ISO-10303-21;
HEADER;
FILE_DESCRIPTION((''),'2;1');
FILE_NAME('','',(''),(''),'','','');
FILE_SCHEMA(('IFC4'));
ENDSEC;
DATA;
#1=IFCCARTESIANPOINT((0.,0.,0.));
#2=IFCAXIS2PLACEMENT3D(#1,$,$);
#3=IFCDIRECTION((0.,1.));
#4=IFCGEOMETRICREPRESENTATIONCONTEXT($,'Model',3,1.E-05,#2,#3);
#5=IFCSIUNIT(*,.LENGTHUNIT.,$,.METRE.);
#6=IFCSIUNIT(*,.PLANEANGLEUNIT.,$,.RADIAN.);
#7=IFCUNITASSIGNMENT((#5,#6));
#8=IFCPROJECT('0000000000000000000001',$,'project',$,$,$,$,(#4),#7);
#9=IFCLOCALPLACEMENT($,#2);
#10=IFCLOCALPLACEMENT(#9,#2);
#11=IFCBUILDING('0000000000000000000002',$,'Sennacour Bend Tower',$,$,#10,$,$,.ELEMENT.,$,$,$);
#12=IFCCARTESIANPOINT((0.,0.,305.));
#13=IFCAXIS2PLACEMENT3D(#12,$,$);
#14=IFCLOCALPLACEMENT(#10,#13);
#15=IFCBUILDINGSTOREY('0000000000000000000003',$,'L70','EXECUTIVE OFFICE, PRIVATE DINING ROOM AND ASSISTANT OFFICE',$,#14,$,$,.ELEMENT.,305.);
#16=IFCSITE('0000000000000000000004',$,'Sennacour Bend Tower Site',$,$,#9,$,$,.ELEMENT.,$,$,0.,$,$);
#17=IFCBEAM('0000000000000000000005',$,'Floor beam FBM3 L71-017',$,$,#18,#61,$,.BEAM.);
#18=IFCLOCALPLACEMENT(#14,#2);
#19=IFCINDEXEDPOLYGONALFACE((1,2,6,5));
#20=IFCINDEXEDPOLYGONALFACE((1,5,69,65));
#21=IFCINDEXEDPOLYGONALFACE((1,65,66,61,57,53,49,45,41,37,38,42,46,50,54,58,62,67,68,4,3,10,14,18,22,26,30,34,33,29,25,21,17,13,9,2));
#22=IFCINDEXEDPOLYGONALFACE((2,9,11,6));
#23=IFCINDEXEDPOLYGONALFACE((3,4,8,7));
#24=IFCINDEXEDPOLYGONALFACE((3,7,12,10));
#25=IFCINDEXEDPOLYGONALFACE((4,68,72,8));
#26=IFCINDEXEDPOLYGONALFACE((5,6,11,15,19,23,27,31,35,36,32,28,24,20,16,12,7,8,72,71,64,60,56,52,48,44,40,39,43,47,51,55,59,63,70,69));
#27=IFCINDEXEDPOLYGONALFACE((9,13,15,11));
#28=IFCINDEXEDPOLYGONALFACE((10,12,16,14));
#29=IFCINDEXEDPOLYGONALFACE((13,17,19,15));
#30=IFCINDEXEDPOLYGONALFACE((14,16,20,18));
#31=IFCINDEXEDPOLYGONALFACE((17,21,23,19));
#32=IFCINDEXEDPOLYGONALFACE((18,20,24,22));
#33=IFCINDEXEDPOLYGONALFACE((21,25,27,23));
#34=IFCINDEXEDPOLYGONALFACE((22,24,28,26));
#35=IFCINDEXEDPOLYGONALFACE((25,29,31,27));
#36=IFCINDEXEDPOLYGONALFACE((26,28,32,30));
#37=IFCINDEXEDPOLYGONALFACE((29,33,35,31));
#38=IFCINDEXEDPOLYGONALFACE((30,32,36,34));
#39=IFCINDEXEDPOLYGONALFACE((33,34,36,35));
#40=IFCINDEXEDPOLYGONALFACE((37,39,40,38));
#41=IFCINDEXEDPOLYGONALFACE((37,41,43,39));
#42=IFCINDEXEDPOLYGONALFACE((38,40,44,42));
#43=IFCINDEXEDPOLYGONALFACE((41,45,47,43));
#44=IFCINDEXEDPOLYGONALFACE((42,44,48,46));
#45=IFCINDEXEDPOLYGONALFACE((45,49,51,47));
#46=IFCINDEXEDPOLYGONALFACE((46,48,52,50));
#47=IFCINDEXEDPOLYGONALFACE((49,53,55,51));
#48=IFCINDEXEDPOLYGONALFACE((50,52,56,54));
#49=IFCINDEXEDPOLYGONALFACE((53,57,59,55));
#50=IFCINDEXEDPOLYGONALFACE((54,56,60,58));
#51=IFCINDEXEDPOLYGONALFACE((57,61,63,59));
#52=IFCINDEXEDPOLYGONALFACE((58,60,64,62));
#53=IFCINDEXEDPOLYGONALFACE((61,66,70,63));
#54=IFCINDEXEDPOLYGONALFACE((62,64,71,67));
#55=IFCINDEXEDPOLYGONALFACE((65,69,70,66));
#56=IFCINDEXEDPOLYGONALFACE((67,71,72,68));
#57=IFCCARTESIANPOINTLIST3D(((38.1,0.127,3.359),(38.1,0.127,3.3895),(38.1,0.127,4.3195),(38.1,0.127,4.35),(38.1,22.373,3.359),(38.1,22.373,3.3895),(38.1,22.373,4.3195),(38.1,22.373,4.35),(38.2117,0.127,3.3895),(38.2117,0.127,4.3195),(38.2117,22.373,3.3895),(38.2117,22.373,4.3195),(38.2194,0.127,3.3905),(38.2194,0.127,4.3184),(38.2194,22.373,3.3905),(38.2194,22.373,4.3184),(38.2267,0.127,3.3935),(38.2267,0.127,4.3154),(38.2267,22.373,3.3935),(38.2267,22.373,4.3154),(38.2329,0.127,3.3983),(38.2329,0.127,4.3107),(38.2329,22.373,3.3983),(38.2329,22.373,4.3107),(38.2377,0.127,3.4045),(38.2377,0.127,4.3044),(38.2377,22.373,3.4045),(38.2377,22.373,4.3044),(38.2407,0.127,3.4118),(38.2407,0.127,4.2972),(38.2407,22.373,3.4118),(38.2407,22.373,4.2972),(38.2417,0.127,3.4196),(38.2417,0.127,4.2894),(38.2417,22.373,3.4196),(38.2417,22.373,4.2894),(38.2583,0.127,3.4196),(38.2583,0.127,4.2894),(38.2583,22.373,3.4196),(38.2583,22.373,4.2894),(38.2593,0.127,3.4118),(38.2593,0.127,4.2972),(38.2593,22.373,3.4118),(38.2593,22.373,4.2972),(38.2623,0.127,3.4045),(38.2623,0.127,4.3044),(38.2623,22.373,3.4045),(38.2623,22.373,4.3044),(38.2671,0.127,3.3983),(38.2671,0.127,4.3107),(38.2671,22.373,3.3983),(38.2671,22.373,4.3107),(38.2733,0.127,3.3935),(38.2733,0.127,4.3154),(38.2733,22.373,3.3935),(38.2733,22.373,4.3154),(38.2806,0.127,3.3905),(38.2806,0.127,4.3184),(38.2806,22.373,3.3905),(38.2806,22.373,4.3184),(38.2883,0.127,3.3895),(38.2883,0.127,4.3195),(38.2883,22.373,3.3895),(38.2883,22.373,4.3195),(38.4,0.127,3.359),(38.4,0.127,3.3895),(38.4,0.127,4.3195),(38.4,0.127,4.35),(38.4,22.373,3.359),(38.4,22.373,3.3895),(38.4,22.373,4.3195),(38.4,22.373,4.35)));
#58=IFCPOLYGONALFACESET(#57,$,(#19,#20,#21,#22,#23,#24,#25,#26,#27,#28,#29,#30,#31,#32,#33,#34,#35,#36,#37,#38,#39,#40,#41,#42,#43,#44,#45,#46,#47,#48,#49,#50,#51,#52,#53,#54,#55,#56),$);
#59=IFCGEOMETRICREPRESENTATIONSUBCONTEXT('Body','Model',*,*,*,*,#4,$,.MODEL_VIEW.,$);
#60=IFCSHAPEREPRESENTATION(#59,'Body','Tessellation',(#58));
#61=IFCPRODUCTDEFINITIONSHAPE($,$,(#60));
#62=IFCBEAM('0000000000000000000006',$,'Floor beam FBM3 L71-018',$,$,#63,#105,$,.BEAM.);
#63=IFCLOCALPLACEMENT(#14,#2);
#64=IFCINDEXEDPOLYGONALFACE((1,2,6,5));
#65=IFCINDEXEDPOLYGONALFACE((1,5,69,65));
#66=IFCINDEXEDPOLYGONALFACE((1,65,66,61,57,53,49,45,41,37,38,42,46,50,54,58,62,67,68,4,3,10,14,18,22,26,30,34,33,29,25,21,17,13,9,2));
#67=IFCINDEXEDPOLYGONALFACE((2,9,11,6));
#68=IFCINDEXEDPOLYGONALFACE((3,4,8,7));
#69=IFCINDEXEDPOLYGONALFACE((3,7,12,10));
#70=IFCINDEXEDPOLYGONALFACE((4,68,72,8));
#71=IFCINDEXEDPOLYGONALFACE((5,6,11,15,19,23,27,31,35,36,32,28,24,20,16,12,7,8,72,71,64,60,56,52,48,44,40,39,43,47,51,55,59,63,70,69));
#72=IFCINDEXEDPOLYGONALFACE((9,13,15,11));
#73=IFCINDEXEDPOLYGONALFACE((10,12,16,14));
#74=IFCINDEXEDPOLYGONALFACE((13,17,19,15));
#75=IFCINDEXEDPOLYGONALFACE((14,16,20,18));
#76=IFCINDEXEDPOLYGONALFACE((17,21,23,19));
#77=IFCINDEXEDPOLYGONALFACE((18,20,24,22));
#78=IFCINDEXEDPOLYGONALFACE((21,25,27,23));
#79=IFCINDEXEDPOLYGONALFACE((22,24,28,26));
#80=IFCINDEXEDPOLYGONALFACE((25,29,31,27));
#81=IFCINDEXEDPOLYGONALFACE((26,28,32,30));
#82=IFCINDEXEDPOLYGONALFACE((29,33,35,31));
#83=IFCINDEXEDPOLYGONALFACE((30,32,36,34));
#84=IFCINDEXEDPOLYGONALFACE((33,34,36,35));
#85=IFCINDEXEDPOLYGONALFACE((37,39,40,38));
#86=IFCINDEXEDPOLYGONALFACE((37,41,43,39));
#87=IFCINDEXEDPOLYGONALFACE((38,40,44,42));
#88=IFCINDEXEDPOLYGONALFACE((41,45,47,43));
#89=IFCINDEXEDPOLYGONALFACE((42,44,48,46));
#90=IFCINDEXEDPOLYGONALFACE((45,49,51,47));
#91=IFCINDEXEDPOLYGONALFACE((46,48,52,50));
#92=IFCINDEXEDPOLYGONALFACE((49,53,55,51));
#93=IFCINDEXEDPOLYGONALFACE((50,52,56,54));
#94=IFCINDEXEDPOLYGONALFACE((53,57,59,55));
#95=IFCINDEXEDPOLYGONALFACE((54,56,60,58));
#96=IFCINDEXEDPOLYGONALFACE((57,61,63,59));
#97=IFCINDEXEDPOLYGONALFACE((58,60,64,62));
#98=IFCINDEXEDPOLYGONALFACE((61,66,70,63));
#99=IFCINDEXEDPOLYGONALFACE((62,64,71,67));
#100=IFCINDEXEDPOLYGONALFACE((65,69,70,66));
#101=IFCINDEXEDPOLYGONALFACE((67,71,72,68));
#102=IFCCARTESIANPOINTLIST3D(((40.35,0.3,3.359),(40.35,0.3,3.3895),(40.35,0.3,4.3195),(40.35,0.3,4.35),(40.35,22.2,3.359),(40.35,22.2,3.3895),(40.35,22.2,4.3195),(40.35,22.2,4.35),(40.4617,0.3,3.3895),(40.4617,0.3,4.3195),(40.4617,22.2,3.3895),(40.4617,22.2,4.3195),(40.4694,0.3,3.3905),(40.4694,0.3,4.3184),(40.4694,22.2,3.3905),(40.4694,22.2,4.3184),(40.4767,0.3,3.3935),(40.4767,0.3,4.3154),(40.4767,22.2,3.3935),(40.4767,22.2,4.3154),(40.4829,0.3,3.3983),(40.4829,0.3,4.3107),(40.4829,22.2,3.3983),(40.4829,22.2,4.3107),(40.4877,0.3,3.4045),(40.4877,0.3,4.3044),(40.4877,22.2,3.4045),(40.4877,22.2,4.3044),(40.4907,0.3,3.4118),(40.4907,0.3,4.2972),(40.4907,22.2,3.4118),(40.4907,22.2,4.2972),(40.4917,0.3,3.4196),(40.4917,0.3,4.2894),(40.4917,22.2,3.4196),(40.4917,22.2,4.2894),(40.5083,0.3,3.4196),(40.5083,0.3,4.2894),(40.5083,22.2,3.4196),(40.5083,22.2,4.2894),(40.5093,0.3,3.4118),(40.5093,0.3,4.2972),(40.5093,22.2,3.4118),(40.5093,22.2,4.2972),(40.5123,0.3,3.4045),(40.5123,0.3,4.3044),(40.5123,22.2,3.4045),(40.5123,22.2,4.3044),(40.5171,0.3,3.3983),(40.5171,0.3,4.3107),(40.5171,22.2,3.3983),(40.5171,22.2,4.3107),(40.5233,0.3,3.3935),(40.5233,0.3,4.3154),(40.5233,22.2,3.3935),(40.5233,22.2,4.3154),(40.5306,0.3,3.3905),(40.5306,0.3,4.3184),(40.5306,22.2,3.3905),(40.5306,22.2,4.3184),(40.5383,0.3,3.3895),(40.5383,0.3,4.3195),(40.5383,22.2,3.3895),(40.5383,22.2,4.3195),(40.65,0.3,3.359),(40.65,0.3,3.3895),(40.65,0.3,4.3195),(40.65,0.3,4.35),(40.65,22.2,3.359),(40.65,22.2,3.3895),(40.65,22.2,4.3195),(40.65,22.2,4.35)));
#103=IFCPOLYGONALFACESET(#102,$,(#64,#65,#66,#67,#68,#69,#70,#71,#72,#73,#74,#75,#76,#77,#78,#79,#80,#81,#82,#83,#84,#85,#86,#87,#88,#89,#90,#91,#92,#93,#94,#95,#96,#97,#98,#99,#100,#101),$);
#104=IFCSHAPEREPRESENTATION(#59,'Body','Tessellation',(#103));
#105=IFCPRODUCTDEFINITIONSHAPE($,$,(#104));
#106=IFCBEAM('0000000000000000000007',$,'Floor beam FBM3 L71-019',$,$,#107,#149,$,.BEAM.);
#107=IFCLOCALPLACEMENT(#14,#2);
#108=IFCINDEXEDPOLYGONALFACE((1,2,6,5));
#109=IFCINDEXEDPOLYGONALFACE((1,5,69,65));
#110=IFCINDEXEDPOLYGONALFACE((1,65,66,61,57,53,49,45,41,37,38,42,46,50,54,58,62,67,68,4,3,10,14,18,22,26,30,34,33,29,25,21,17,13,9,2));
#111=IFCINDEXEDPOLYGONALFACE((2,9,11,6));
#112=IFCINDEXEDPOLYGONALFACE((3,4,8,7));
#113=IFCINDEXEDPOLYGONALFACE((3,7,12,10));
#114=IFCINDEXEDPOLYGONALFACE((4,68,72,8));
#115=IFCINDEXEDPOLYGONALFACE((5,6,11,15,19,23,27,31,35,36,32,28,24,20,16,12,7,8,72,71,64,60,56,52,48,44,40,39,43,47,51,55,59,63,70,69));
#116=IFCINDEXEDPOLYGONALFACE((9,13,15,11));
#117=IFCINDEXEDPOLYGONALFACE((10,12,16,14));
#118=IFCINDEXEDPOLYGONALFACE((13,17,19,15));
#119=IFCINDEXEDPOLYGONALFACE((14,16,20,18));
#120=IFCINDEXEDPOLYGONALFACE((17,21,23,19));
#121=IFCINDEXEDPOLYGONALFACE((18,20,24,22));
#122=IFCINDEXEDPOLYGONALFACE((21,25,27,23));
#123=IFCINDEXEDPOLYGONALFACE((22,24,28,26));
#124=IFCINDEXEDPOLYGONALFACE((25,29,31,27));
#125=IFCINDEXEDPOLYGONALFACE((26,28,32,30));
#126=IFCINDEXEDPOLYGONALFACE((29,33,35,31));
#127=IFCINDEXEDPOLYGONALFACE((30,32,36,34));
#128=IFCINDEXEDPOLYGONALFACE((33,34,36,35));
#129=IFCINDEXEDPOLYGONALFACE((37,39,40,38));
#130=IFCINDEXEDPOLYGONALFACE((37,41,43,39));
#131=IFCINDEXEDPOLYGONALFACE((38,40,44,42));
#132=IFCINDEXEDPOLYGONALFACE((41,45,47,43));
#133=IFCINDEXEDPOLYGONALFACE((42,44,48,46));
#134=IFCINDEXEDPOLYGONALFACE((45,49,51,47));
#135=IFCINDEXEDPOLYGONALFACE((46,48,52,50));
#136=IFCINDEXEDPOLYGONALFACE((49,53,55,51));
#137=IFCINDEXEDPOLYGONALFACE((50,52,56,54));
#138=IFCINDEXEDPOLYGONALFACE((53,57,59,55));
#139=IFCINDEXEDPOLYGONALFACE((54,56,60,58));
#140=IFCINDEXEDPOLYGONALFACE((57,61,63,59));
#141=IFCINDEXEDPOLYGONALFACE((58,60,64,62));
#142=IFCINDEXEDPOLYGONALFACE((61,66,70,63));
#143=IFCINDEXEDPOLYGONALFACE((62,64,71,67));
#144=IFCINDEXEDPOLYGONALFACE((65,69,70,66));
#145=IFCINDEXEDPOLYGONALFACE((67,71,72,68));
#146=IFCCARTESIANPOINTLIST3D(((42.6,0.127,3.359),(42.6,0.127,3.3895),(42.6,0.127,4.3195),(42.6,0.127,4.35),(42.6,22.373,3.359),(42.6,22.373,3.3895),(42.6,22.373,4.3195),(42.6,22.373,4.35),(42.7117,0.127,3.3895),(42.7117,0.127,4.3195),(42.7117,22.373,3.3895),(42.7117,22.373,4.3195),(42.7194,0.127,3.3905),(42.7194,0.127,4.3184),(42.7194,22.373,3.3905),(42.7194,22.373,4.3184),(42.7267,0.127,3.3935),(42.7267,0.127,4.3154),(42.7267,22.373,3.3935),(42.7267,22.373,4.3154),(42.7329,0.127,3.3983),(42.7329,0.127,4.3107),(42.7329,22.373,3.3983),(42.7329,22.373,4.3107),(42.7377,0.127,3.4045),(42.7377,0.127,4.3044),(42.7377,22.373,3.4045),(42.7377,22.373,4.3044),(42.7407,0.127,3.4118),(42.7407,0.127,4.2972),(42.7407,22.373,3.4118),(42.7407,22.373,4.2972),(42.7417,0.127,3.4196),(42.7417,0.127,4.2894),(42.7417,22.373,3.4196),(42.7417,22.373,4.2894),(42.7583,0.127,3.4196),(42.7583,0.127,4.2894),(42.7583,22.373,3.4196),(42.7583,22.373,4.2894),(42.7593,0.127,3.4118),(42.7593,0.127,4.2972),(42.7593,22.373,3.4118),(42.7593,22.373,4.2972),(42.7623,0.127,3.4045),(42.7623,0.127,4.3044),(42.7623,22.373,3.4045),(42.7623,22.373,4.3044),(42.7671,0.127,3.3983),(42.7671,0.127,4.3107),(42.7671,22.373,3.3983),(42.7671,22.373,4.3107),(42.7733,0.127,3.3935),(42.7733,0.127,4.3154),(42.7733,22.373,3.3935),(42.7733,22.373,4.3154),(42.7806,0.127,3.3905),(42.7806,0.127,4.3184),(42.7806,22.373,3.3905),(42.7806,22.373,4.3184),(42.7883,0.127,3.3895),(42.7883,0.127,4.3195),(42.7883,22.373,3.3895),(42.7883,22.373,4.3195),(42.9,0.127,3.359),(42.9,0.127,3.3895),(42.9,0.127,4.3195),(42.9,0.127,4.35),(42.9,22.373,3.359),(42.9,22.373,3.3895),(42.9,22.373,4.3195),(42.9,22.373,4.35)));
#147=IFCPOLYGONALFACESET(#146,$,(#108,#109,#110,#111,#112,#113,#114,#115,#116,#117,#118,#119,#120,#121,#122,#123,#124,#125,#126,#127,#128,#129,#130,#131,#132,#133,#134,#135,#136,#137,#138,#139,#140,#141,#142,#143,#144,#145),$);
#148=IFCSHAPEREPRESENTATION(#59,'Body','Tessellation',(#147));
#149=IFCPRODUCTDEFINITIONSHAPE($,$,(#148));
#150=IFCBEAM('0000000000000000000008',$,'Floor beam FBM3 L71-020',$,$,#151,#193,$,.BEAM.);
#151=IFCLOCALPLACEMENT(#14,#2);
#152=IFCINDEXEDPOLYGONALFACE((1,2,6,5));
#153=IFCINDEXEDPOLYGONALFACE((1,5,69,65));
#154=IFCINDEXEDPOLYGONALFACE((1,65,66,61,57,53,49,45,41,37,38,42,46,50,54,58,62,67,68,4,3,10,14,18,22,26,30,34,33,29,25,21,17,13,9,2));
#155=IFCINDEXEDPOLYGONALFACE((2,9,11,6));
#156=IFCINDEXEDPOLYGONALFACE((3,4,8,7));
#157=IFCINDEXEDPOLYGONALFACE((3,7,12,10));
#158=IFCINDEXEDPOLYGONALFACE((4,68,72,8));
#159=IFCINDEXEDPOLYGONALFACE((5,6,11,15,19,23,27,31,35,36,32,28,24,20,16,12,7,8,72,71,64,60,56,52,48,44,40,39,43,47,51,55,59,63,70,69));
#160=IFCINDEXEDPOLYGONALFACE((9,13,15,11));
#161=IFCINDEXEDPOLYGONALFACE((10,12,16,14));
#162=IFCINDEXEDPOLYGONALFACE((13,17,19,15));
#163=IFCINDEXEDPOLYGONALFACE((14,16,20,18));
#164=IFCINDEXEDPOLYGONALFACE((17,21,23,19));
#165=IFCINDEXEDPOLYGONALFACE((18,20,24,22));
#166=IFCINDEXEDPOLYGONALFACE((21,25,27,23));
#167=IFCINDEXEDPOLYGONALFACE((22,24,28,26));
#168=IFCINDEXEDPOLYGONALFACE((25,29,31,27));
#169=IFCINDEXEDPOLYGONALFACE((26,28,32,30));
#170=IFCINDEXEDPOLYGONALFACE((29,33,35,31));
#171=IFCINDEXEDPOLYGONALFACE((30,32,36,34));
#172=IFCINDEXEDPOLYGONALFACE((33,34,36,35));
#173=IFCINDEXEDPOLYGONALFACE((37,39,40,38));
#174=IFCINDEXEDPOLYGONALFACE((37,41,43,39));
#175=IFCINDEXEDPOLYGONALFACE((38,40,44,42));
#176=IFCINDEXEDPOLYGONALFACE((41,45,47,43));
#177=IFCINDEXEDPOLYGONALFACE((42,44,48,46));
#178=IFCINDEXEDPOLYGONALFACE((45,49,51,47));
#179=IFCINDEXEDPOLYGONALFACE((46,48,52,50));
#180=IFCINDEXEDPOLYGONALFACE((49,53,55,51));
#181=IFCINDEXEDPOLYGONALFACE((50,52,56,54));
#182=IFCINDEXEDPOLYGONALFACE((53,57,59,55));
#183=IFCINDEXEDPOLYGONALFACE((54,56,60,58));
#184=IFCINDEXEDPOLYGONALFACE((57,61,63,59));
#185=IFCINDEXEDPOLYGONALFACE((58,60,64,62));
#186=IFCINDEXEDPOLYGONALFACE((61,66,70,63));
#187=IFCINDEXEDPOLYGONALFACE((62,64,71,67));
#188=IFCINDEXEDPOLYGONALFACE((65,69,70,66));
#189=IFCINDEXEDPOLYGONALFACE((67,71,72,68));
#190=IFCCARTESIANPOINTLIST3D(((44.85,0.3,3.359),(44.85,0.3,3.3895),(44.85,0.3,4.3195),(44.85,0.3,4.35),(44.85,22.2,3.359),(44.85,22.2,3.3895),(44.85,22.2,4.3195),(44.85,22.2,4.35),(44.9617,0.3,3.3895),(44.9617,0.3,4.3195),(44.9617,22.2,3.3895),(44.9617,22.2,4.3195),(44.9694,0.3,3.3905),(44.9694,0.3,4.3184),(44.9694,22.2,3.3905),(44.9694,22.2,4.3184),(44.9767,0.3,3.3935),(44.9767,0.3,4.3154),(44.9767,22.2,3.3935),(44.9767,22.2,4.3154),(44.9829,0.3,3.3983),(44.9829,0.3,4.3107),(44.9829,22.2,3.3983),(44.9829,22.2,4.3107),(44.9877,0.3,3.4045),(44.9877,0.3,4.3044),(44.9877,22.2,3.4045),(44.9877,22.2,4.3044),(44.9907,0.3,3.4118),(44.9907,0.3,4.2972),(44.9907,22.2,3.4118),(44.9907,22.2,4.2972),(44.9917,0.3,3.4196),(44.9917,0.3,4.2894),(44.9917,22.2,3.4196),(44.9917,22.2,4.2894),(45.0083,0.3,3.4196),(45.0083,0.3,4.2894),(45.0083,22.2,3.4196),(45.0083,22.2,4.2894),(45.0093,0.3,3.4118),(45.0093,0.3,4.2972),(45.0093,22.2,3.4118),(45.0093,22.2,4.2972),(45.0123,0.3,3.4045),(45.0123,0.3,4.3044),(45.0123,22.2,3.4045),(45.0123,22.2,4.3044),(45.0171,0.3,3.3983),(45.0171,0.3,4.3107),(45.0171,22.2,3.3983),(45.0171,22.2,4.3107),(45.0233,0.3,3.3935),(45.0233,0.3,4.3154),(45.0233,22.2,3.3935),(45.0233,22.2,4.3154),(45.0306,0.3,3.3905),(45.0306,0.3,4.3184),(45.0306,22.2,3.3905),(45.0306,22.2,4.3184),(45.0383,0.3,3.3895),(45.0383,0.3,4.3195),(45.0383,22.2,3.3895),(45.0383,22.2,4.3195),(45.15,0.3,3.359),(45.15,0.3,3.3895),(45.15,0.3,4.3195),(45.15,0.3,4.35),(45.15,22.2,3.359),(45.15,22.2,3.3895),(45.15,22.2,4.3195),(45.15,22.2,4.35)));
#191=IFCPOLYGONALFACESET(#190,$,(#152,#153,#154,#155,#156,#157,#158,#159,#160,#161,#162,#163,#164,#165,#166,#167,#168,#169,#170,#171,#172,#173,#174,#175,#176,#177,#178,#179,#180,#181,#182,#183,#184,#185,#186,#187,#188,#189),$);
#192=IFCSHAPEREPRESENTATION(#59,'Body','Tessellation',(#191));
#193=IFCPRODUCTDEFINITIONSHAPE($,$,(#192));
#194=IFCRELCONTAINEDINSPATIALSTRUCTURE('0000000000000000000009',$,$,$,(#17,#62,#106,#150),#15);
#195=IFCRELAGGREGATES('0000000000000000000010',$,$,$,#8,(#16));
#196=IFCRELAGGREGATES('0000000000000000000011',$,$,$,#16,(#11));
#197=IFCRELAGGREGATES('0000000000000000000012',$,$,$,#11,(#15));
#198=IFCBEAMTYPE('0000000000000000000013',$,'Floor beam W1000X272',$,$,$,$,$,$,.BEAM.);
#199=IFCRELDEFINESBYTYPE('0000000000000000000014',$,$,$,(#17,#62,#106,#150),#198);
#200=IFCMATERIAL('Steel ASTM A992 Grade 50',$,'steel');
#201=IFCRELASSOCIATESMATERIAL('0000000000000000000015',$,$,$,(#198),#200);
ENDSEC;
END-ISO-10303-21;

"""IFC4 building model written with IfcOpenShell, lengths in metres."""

from ifc_helpers import new_model, si_unit, direction, frame, origin, origin_2d, place, context, subcontext, project, spatial, i_section, extrude, material, material_profile, profile_set, type_object, element, save


model = new_model("IFC4")

# Units and contexts
model_context = context("Model", 3, precision=1e-05, world=origin(), true_north=direction((0.0, 1.0)))
body_context = subcontext(model_context, "Body", "Model", "MODEL_VIEW")
ifc_project = project(units=[si_unit("LENGTHUNIT", "METRE"), si_unit("PLANEANGLEUNIT", "RADIAN")], contexts=[model_context])

# Site, building, storey
site_placement = place(None, origin())
site = spatial("IfcSite", under=ifc_project, at=site_placement, Name="Sennacour Bend Tower Site", CompositionType="ELEMENT", RefElevation=0.0)
building_placement = place(site_placement, origin())
building = spatial("IfcBuilding", under=site, at=building_placement, Name="Sennacour Bend Tower", CompositionType="ELEMENT")
storey_placement = place(building_placement, frame((0.0, 0.0, 305.0)))
storey = spatial("IfcBuildingStorey", under=building, at=storey_placement, Name="L70", Description="EXECUTIVE OFFICE, PRIVATE DINING ROOM AND ASSISTANT OFFICE", CompositionType="ELEMENT", Elevation=305.0)

# Beams
ifc_material_1 = material(Name="Steel ASTM A992 Grade 50", Category="steel")
ifc_material_profile_1 = material_profile(ifc_material_1, i_section(OverallWidth=0.3, OverallDepth=0.991, WebThickness=0.0166, FlangeThickness=0.0305, FilletRadius=0.03, at=origin_2d()), Name="Steel ASTM A992 Grade 50", Category="steel")
ifc_profile_set_1 = profile_set([ifc_material_profile_1], Name="Steel ASTM A992 Grade 50")
beam_type_1 = type_object("IfcBeamType", Name="Floor beam W1000X272", PredefinedType="BEAM", material=ifc_profile_set_1)
beam_1_placement = place(storey_placement, frame((38.25, 0.127, 3.8545), z_axis=(0.0, 1.0, 0.0), x_axis=(-1.0, 0.0, 0.0)))
element("IfcBeam", 1, at=beam_1_placement, inside=storey, type_object=beam_type_1, Name="Floor beam FBM3 L71-017", PredefinedType="BEAM", context=body_context, shape_type="SweptSolid", body=[
    extrude(i_section(OverallWidth=0.3, OverallDepth=0.991, WebThickness=0.0166, FlangeThickness=0.0305, FilletRadius=0.03, at=origin_2d()), origin(), (0.0, 0.0, 1.0), 22.2461),
])
beam_2_placement = place(storey_placement, frame((40.5, 0.3, 3.8545), z_axis=(0.0, 1.0, 0.0), x_axis=(-1.0, 0.0, 0.0)))
element("IfcBeam", 2, at=beam_2_placement, inside=storey, type_object=beam_type_1, Name="Floor beam FBM3 L71-018", PredefinedType="BEAM", context=body_context, shape_type="SweptSolid", body=[
    extrude(i_section(OverallWidth=0.3, OverallDepth=0.991, WebThickness=0.0166, FlangeThickness=0.0305, FilletRadius=0.03, at=origin_2d()), origin(), (0.0, 0.0, 1.0), 21.8999),
])
beam_3_placement = place(storey_placement, frame((42.75, 0.127, 3.8545), z_axis=(0.0, 1.0, 0.0), x_axis=(-1.0, 0.0, 0.0)))
element("IfcBeam", 3, at=beam_3_placement, inside=storey, type_object=beam_type_1, Name="Floor beam FBM3 L71-019", PredefinedType="BEAM", context=body_context, shape_type="SweptSolid", body=[
    extrude(i_section(OverallWidth=0.3, OverallDepth=0.991, WebThickness=0.0166, FlangeThickness=0.0305, FilletRadius=0.03, at=origin_2d()), origin(), (0.0, 0.0, 1.0), 22.2461),
])
beam_4_placement = place(storey_placement, frame((45.0, 0.3, 3.8545), z_axis=(0.0, 1.0, 0.0), x_axis=(-1.0, 0.0, 0.0)))
element("IfcBeam", 4, at=beam_4_placement, inside=storey, type_object=beam_type_1, Name="Floor beam FBM3 L71-020", PredefinedType="BEAM", context=body_context, shape_type="SweptSolid", body=[
    extrude(i_section(OverallWidth=0.3, OverallDepth=0.991, WebThickness=0.0166, FlangeThickness=0.0305, FilletRadius=0.03, at=origin_2d()), origin(), (0.0, 0.0, 1.0), 21.8999),
])

save(model, "model.ifc")
